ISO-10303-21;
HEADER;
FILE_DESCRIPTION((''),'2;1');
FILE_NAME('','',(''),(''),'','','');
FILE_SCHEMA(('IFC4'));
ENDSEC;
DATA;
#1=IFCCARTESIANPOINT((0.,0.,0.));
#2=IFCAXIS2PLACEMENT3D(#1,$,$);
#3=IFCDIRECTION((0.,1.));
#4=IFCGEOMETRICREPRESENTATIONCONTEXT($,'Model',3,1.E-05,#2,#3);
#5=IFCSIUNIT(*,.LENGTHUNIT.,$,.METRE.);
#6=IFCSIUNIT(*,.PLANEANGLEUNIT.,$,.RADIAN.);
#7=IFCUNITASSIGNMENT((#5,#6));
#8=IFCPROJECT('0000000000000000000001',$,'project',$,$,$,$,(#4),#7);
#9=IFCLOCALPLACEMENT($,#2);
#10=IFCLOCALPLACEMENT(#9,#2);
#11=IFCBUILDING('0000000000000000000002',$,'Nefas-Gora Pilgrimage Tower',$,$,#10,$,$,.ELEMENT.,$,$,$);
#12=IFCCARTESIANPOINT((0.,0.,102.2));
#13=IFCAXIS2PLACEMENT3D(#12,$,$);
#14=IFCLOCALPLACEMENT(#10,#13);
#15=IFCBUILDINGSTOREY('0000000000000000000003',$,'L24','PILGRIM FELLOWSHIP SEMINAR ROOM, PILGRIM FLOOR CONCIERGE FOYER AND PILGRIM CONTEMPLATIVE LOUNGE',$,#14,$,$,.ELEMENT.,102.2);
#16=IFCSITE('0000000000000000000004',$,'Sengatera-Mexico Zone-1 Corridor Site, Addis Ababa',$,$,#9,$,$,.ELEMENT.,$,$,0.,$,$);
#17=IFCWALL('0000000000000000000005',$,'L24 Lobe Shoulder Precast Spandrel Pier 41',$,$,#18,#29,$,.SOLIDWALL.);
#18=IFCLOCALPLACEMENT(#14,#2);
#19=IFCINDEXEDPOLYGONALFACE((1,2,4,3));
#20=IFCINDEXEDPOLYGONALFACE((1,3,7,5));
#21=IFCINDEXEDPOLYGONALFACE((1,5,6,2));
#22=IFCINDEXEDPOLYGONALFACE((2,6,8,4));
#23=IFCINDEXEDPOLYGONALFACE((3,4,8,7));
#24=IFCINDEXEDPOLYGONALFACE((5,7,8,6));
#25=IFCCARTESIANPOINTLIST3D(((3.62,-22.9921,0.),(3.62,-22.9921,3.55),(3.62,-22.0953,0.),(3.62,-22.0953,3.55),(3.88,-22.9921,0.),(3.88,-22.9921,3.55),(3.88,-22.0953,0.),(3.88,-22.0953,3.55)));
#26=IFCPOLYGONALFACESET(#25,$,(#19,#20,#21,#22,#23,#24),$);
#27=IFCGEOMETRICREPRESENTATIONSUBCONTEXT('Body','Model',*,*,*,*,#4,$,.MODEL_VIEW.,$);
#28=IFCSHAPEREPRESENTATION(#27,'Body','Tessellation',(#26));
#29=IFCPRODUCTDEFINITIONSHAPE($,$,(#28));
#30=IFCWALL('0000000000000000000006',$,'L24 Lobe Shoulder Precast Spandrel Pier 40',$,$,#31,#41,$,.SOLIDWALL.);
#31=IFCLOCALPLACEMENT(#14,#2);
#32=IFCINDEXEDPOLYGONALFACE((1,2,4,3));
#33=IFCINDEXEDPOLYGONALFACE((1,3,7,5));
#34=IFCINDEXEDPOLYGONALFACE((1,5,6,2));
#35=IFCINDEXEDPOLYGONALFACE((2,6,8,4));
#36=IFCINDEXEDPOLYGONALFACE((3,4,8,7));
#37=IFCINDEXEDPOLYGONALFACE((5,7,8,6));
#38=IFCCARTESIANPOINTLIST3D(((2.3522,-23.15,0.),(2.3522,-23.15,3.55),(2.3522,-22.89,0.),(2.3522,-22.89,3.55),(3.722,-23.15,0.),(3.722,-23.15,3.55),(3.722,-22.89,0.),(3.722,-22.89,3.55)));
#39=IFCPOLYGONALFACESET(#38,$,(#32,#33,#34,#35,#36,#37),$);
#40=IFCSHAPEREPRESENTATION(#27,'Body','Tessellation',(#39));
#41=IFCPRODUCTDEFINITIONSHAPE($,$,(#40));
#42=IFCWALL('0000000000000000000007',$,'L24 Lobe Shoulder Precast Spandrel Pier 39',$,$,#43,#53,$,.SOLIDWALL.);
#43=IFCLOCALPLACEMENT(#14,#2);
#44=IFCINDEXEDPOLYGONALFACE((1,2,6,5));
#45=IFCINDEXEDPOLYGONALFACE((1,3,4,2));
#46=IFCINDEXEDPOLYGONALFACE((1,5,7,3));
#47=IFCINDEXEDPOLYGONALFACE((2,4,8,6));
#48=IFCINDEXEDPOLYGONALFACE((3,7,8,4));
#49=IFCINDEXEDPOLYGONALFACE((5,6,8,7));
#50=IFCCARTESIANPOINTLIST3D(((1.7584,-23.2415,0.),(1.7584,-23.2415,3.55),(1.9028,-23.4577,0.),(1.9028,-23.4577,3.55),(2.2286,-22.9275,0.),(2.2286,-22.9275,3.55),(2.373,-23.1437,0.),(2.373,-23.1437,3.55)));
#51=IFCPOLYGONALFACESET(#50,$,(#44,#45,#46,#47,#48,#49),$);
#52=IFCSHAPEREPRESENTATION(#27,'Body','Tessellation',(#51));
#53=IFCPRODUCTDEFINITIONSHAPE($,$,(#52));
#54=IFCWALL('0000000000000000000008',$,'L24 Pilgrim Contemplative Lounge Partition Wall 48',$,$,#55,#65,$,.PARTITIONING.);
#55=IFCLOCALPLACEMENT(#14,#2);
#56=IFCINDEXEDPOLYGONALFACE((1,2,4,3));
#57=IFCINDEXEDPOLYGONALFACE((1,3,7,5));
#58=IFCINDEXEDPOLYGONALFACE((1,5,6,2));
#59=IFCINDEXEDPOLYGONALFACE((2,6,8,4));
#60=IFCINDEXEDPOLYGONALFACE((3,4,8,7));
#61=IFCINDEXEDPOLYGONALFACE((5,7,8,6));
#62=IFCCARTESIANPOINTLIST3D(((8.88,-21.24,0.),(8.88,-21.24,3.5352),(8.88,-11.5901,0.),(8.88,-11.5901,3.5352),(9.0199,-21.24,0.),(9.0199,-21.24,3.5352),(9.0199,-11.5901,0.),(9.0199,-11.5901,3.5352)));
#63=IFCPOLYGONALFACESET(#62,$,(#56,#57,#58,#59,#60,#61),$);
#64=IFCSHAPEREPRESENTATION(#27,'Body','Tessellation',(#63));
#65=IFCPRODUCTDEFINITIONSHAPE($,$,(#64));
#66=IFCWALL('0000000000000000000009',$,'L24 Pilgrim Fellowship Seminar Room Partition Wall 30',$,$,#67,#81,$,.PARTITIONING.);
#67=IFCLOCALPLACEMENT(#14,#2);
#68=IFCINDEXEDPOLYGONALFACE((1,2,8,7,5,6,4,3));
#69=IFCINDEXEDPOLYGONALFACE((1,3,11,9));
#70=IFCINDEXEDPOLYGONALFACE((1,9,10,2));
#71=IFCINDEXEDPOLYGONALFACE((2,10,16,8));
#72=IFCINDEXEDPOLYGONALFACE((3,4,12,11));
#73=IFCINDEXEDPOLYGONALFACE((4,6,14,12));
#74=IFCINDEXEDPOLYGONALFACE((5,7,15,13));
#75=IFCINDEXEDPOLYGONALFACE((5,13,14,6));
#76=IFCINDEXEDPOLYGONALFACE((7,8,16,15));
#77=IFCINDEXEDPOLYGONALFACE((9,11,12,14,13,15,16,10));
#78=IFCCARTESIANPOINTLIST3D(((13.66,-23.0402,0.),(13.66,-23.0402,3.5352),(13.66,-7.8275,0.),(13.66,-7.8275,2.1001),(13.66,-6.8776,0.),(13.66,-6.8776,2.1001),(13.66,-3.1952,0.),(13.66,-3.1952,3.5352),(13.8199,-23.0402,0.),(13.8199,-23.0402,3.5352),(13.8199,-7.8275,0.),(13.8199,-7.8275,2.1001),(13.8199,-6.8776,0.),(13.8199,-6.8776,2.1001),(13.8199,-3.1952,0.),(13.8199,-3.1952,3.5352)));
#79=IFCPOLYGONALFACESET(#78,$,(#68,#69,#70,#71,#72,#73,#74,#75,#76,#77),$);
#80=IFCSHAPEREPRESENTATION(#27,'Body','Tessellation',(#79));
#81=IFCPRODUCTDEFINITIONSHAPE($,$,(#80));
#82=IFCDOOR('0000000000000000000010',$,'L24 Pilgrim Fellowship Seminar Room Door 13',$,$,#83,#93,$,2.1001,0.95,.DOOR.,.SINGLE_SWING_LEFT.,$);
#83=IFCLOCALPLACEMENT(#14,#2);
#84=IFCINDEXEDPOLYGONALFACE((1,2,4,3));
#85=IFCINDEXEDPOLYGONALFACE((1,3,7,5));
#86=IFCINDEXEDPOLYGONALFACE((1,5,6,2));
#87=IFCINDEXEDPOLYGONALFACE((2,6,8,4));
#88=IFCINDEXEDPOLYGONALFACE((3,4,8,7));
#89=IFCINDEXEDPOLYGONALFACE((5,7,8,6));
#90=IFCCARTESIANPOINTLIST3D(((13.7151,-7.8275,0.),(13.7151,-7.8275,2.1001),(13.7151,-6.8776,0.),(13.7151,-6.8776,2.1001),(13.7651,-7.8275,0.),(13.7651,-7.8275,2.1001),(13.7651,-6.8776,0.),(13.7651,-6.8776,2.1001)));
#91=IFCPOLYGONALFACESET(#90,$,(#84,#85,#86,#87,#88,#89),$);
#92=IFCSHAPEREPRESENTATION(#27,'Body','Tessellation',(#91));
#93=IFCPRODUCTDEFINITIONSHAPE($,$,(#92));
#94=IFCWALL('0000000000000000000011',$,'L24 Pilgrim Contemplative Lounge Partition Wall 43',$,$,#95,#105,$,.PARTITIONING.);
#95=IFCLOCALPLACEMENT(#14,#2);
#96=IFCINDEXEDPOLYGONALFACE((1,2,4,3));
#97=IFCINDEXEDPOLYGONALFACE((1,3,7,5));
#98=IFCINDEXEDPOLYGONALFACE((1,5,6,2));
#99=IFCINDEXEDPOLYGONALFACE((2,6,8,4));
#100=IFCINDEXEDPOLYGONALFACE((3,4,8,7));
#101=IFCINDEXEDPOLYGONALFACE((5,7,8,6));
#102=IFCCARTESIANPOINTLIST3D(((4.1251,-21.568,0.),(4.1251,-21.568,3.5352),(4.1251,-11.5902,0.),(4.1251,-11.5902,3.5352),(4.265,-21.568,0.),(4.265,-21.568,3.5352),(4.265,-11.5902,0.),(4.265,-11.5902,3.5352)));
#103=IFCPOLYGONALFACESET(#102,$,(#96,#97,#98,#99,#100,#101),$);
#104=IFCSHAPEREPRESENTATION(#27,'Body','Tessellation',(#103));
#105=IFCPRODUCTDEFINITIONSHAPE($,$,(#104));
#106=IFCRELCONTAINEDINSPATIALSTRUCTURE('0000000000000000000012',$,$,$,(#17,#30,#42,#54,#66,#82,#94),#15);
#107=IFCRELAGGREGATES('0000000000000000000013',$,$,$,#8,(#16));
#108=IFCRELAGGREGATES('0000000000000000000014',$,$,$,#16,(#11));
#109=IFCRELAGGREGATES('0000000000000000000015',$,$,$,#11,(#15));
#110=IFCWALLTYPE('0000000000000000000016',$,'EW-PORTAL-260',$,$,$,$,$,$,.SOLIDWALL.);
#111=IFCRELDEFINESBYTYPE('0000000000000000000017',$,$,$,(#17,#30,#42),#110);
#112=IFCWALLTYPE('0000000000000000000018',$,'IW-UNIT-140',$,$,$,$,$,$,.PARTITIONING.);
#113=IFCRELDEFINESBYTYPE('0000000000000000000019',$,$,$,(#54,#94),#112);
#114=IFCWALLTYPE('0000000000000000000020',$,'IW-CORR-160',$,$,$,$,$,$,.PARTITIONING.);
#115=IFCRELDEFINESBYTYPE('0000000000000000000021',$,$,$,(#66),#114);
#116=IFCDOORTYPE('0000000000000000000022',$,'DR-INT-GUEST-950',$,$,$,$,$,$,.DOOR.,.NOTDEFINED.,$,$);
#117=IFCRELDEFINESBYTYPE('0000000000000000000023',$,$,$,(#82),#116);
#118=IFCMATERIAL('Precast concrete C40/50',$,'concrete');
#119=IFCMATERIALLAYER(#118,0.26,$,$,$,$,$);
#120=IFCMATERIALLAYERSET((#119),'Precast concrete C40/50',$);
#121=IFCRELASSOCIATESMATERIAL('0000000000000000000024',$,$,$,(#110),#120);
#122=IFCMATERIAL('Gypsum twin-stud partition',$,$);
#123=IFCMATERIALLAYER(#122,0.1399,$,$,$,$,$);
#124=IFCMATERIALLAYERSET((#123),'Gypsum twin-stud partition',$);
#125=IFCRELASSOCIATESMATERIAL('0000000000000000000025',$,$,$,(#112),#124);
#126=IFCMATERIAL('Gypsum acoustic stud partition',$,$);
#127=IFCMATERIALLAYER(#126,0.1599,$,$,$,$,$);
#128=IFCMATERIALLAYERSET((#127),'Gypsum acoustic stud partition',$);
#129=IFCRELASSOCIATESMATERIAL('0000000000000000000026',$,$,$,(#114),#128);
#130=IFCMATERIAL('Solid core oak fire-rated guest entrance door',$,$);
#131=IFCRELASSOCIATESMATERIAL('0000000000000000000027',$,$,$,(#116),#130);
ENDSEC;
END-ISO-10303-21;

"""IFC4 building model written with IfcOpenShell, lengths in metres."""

from ifc_helpers import new_model, si_unit, direction, frame, frame_2d, origin, place, context, subcontext, project, spatial, rectangle, extrude, source, transform, mapped, material, layer, layer_set, type_object, element, fill, save


model = new_model("IFC4")

# Units and contexts
model_context = context("Model", 3, precision=1e-05, world=origin(), true_north=direction((0.0, 1.0)))
body_context = subcontext(model_context, "Body", "Model", "MODEL_VIEW")
ifc_project = project(units=[si_unit("LENGTHUNIT", "METRE"), si_unit("PLANEANGLEUNIT", "RADIAN")], contexts=[model_context])

# Site, building, storey
site_placement = place(None, origin())
site = spatial("IfcSite", under=ifc_project, at=site_placement, Name="Sengatera-Mexico Zone-1 Corridor Site, Addis Ababa", CompositionType="ELEMENT", RefElevation=0.0)
building_placement = place(site_placement, origin())
building = spatial("IfcBuilding", under=site, at=building_placement, Name="Nefas-Gora Pilgrimage Tower", CompositionType="ELEMENT")
storey_placement = place(building_placement, frame((0.0, 0.0, 102.2)))
storey = spatial("IfcBuildingStorey", under=building, at=storey_placement, Name="L24", Description="PILGRIM FELLOWSHIP SEMINAR ROOM, PILGRIM FLOOR CONCIERGE FOYER AND PILGRIM CONTEMPLATIVE LOUNGE", CompositionType="ELEMENT", Elevation=102.2)

# Walls
ifc_material_1 = material(Name="Precast concrete C40/50", Category="concrete")
ifc_layer_1 = layer(ifc_material_1, 0.26)
ifc_layer_set_1 = layer_set([ifc_layer_1], Name="Precast concrete C40/50")
wall_type_1 = type_object("IfcWallType", Name="EW-PORTAL-260", PredefinedType="SOLIDWALL", material=ifc_layer_set_1)
shared_shape_1 = source(origin(), body_context, "Body", "SweptSolid", [
    extrude(rectangle(XDim=0.8967, YDim=0.26, at=frame_2d((0.4482, 0.0))), origin(), (0.0, 0.0, 1.0), 3.55),
])
wall_1_placement = place(storey_placement, frame((3.75, -22.9919, 0.0), z_axis=(0.0, 0.0, 1.0), x_axis=(0.0, 1.0, 0.0)))
element("IfcWall", 1, at=wall_1_placement, inside=storey, type_object=wall_type_1, Name="L24 Lobe Shoulder Precast Spandrel Pier 41", PredefinedType="SOLIDWALL", context=body_context, shape_type="MappedRepresentation", body=[
    mapped(shared_shape_1, transform((0.0, 0.0, 0.0), x_axis=(1.0, 0.0, 0.0), y_axis=(0.0, 1.0, 0.0), z_axis=(0.0, 0.0, 1.0), scale=1.0)),
])
shared_shape_2 = source(origin(), body_context, "Body", "SweptSolid", [
    extrude(rectangle(XDim=1.3699, YDim=0.26, at=frame_2d((0.6851, 0.0))), origin(), (0.0, 0.0, 1.0), 3.55),
])
wall_2_placement = place(storey_placement, frame((2.3521, -23.02, 0.0), z_axis=(0.0, 0.0, 1.0), x_axis=(1.0, 0.0, 0.0)))
element("IfcWall", 2, at=wall_2_placement, inside=storey, type_object=wall_type_1, Name="L24 Lobe Shoulder Precast Spandrel Pier 40", PredefinedType="SOLIDWALL", context=body_context, shape_type="MappedRepresentation", body=[
    mapped(shared_shape_2, transform((0.0, 0.0, 0.0), x_axis=(1.0, 0.0, 0.0), y_axis=(0.0, 1.0, 0.0), z_axis=(0.0, 0.0, 1.0), scale=1.0)),
])
shared_shape_3 = source(origin(), body_context, "Body", "SweptSolid", [
    extrude(rectangle(XDim=0.5654, YDim=0.26, at=frame_2d((0.2827, 0.0))), origin(), (0.0, 0.0, 1.0), 3.55),
])
wall_3_placement = place(storey_placement, frame((1.8306, -23.3496, 0.0), z_axis=(0.0, 0.0, 1.0), x_axis=(0.831651, 0.555298, 0.0)))
element("IfcWall", 3, at=wall_3_placement, inside=storey, type_object=wall_type_1, Name="L24 Lobe Shoulder Precast Spandrel Pier 39", PredefinedType="SOLIDWALL", context=body_context, shape_type="MappedRepresentation", body=[
    mapped(shared_shape_3, transform((0.0, 0.0, 0.0), x_axis=(1.0, 0.0, 0.0), y_axis=(0.0, 1.0, 0.0), z_axis=(0.0, 0.0, 1.0), scale=1.0)),
])
ifc_material_2 = material(Name="Gypsum twin-stud partition")
ifc_layer_2 = layer(ifc_material_2, 0.1399)
ifc_layer_set_2 = layer_set([ifc_layer_2], Name="Gypsum twin-stud partition")
wall_type_2 = type_object("IfcWallType", Name="IW-UNIT-140", PredefinedType="PARTITIONING", material=ifc_layer_set_2)
shared_shape_4 = source(origin(), body_context, "Body", "SweptSolid", [
    extrude(rectangle(XDim=9.6499, YDim=0.1399, at=frame_2d((4.825, 0.0))), origin(), (0.0, 0.0, 1.0), 3.5352),
])
wall_4_placement = place(storey_placement, frame((8.95, -21.24, 0.0), z_axis=(0.0, 0.0, 1.0), x_axis=(0.0, 1.0, 0.0)))
element("IfcWall", 4, at=wall_4_placement, inside=storey, type_object=wall_type_2, Name="L24 Pilgrim Contemplative Lounge Partition Wall 48", PredefinedType="PARTITIONING", context=body_context, shape_type="MappedRepresentation", body=[
    mapped(shared_shape_4, transform((0.0, 0.0, 0.0), x_axis=(1.0, 0.0, 0.0), y_axis=(0.0, 1.0, 0.0), z_axis=(0.0, 0.0, 1.0), scale=1.0)),
])

# Wall, opening, door
ifc_material_3 = material(Name="Gypsum acoustic stud partition")
ifc_layer_3 = layer(ifc_material_3, 0.1599)
ifc_layer_set_3 = layer_set([ifc_layer_3], Name="Gypsum acoustic stud partition")
wall_type_3 = type_object("IfcWallType", Name="IW-CORR-160", PredefinedType="PARTITIONING", material=ifc_layer_set_3)
shared_shape_5 = source(origin(), body_context, "Body", "SweptSolid", [
    extrude(rectangle(XDim=19.845, YDim=0.1599, at=frame_2d((9.9224, 0.0))), origin(), (0.0, 0.0, 1.0), 3.5352),
])
wall_5_placement = place(storey_placement, frame((13.74, -23.04, 0.0), z_axis=(0.0, 0.0, 1.0), x_axis=(0.0, 1.0, 0.0)))
wall_5 = element("IfcWall", 5, at=wall_5_placement, inside=storey, type_object=wall_type_3, Name="L24 Pilgrim Fellowship Seminar Room Partition Wall 30", PredefinedType="PARTITIONING", context=body_context, shape_type="MappedRepresentation", body=[
    mapped(shared_shape_5, transform((0.0, 0.0, 0.0), x_axis=(1.0, 0.0, 0.0), y_axis=(0.0, 1.0, 0.0), z_axis=(0.0, 0.0, 1.0), scale=1.0)),
])
opening_placement = place(wall_5_placement, frame((15.2124, 0.0, 0.0)))
opening = element("IfcOpeningElement", 6, at=opening_placement, cuts=wall_5, PredefinedType="OPENING", context=body_context, shape_type="SweptSolid", body=[
    extrude(rectangle(XDim=0.95, YDim=2.1001, at=frame_2d((0.4751, 1.05))), frame((0.0, 0.0898, 0.0), z_axis=(0.0, -1.0, 0.0), x_axis=(1.0, 0.0, 0.0)), (0.0, 0.0, 1.0), 0.1799),
])
ifc_material_4 = material(Name="Solid core oak fire-rated guest entrance door")
door_type = type_object("IfcDoorType", Name="DR-INT-GUEST-950", OperationType="NOTDEFINED", PredefinedType="DOOR", material=ifc_material_4)
shared_shape_6 = source(origin(), body_context, "Body", "SweptSolid", [
    extrude(rectangle(XDim=0.95, YDim=2.1001, at=frame_2d((0.4751, 1.05))), frame((0.0, 0.0249, 0.0), z_axis=(0.0, -1.0, 0.0), x_axis=(1.0, 0.0, 0.0)), (0.0, 0.0, 1.0), 0.05),
])
door_placement = place(opening_placement, origin())
door = element("IfcDoor", 7, at=door_placement, inside=storey, type_object=door_type, Name="L24 Pilgrim Fellowship Seminar Room Door 13", OperationType="SINGLE_SWING_LEFT", OverallHeight=2.1001, OverallWidth=0.95, PredefinedType="DOOR", context=body_context, shape_type="MappedRepresentation", body=[
    mapped(shared_shape_6, transform((0.0, 0.0, 0.0), x_axis=(1.0, 0.0, 0.0), y_axis=(0.0, 1.0, 0.0), z_axis=(0.0, 0.0, 1.0), scale=1.0)),
])
fill(opening, door)

# Wall
shared_shape_7 = source(origin(), body_context, "Body", "SweptSolid", [
    extrude(rectangle(XDim=9.9778, YDim=0.1399, at=frame_2d((4.9888, 0.0))), origin(), (0.0, 0.0, 1.0), 3.5352),
])
wall_6_placement = place(storey_placement, frame((4.1951, -21.5679, 0.0), z_axis=(0.0, 0.0, 1.0), x_axis=(0.0, 1.0, 0.0)))
element("IfcWall", 8, at=wall_6_placement, inside=storey, type_object=wall_type_2, Name="L24 Pilgrim Contemplative Lounge Partition Wall 43", PredefinedType="PARTITIONING", context=body_context, shape_type="MappedRepresentation", body=[
    mapped(shared_shape_7, transform((0.0, 0.0, 0.0), x_axis=(1.0, 0.0, 0.0), y_axis=(0.0, 1.0, 0.0), z_axis=(0.0, 0.0, 1.0), scale=1.0)),
])

save(model, "model.ifc")
